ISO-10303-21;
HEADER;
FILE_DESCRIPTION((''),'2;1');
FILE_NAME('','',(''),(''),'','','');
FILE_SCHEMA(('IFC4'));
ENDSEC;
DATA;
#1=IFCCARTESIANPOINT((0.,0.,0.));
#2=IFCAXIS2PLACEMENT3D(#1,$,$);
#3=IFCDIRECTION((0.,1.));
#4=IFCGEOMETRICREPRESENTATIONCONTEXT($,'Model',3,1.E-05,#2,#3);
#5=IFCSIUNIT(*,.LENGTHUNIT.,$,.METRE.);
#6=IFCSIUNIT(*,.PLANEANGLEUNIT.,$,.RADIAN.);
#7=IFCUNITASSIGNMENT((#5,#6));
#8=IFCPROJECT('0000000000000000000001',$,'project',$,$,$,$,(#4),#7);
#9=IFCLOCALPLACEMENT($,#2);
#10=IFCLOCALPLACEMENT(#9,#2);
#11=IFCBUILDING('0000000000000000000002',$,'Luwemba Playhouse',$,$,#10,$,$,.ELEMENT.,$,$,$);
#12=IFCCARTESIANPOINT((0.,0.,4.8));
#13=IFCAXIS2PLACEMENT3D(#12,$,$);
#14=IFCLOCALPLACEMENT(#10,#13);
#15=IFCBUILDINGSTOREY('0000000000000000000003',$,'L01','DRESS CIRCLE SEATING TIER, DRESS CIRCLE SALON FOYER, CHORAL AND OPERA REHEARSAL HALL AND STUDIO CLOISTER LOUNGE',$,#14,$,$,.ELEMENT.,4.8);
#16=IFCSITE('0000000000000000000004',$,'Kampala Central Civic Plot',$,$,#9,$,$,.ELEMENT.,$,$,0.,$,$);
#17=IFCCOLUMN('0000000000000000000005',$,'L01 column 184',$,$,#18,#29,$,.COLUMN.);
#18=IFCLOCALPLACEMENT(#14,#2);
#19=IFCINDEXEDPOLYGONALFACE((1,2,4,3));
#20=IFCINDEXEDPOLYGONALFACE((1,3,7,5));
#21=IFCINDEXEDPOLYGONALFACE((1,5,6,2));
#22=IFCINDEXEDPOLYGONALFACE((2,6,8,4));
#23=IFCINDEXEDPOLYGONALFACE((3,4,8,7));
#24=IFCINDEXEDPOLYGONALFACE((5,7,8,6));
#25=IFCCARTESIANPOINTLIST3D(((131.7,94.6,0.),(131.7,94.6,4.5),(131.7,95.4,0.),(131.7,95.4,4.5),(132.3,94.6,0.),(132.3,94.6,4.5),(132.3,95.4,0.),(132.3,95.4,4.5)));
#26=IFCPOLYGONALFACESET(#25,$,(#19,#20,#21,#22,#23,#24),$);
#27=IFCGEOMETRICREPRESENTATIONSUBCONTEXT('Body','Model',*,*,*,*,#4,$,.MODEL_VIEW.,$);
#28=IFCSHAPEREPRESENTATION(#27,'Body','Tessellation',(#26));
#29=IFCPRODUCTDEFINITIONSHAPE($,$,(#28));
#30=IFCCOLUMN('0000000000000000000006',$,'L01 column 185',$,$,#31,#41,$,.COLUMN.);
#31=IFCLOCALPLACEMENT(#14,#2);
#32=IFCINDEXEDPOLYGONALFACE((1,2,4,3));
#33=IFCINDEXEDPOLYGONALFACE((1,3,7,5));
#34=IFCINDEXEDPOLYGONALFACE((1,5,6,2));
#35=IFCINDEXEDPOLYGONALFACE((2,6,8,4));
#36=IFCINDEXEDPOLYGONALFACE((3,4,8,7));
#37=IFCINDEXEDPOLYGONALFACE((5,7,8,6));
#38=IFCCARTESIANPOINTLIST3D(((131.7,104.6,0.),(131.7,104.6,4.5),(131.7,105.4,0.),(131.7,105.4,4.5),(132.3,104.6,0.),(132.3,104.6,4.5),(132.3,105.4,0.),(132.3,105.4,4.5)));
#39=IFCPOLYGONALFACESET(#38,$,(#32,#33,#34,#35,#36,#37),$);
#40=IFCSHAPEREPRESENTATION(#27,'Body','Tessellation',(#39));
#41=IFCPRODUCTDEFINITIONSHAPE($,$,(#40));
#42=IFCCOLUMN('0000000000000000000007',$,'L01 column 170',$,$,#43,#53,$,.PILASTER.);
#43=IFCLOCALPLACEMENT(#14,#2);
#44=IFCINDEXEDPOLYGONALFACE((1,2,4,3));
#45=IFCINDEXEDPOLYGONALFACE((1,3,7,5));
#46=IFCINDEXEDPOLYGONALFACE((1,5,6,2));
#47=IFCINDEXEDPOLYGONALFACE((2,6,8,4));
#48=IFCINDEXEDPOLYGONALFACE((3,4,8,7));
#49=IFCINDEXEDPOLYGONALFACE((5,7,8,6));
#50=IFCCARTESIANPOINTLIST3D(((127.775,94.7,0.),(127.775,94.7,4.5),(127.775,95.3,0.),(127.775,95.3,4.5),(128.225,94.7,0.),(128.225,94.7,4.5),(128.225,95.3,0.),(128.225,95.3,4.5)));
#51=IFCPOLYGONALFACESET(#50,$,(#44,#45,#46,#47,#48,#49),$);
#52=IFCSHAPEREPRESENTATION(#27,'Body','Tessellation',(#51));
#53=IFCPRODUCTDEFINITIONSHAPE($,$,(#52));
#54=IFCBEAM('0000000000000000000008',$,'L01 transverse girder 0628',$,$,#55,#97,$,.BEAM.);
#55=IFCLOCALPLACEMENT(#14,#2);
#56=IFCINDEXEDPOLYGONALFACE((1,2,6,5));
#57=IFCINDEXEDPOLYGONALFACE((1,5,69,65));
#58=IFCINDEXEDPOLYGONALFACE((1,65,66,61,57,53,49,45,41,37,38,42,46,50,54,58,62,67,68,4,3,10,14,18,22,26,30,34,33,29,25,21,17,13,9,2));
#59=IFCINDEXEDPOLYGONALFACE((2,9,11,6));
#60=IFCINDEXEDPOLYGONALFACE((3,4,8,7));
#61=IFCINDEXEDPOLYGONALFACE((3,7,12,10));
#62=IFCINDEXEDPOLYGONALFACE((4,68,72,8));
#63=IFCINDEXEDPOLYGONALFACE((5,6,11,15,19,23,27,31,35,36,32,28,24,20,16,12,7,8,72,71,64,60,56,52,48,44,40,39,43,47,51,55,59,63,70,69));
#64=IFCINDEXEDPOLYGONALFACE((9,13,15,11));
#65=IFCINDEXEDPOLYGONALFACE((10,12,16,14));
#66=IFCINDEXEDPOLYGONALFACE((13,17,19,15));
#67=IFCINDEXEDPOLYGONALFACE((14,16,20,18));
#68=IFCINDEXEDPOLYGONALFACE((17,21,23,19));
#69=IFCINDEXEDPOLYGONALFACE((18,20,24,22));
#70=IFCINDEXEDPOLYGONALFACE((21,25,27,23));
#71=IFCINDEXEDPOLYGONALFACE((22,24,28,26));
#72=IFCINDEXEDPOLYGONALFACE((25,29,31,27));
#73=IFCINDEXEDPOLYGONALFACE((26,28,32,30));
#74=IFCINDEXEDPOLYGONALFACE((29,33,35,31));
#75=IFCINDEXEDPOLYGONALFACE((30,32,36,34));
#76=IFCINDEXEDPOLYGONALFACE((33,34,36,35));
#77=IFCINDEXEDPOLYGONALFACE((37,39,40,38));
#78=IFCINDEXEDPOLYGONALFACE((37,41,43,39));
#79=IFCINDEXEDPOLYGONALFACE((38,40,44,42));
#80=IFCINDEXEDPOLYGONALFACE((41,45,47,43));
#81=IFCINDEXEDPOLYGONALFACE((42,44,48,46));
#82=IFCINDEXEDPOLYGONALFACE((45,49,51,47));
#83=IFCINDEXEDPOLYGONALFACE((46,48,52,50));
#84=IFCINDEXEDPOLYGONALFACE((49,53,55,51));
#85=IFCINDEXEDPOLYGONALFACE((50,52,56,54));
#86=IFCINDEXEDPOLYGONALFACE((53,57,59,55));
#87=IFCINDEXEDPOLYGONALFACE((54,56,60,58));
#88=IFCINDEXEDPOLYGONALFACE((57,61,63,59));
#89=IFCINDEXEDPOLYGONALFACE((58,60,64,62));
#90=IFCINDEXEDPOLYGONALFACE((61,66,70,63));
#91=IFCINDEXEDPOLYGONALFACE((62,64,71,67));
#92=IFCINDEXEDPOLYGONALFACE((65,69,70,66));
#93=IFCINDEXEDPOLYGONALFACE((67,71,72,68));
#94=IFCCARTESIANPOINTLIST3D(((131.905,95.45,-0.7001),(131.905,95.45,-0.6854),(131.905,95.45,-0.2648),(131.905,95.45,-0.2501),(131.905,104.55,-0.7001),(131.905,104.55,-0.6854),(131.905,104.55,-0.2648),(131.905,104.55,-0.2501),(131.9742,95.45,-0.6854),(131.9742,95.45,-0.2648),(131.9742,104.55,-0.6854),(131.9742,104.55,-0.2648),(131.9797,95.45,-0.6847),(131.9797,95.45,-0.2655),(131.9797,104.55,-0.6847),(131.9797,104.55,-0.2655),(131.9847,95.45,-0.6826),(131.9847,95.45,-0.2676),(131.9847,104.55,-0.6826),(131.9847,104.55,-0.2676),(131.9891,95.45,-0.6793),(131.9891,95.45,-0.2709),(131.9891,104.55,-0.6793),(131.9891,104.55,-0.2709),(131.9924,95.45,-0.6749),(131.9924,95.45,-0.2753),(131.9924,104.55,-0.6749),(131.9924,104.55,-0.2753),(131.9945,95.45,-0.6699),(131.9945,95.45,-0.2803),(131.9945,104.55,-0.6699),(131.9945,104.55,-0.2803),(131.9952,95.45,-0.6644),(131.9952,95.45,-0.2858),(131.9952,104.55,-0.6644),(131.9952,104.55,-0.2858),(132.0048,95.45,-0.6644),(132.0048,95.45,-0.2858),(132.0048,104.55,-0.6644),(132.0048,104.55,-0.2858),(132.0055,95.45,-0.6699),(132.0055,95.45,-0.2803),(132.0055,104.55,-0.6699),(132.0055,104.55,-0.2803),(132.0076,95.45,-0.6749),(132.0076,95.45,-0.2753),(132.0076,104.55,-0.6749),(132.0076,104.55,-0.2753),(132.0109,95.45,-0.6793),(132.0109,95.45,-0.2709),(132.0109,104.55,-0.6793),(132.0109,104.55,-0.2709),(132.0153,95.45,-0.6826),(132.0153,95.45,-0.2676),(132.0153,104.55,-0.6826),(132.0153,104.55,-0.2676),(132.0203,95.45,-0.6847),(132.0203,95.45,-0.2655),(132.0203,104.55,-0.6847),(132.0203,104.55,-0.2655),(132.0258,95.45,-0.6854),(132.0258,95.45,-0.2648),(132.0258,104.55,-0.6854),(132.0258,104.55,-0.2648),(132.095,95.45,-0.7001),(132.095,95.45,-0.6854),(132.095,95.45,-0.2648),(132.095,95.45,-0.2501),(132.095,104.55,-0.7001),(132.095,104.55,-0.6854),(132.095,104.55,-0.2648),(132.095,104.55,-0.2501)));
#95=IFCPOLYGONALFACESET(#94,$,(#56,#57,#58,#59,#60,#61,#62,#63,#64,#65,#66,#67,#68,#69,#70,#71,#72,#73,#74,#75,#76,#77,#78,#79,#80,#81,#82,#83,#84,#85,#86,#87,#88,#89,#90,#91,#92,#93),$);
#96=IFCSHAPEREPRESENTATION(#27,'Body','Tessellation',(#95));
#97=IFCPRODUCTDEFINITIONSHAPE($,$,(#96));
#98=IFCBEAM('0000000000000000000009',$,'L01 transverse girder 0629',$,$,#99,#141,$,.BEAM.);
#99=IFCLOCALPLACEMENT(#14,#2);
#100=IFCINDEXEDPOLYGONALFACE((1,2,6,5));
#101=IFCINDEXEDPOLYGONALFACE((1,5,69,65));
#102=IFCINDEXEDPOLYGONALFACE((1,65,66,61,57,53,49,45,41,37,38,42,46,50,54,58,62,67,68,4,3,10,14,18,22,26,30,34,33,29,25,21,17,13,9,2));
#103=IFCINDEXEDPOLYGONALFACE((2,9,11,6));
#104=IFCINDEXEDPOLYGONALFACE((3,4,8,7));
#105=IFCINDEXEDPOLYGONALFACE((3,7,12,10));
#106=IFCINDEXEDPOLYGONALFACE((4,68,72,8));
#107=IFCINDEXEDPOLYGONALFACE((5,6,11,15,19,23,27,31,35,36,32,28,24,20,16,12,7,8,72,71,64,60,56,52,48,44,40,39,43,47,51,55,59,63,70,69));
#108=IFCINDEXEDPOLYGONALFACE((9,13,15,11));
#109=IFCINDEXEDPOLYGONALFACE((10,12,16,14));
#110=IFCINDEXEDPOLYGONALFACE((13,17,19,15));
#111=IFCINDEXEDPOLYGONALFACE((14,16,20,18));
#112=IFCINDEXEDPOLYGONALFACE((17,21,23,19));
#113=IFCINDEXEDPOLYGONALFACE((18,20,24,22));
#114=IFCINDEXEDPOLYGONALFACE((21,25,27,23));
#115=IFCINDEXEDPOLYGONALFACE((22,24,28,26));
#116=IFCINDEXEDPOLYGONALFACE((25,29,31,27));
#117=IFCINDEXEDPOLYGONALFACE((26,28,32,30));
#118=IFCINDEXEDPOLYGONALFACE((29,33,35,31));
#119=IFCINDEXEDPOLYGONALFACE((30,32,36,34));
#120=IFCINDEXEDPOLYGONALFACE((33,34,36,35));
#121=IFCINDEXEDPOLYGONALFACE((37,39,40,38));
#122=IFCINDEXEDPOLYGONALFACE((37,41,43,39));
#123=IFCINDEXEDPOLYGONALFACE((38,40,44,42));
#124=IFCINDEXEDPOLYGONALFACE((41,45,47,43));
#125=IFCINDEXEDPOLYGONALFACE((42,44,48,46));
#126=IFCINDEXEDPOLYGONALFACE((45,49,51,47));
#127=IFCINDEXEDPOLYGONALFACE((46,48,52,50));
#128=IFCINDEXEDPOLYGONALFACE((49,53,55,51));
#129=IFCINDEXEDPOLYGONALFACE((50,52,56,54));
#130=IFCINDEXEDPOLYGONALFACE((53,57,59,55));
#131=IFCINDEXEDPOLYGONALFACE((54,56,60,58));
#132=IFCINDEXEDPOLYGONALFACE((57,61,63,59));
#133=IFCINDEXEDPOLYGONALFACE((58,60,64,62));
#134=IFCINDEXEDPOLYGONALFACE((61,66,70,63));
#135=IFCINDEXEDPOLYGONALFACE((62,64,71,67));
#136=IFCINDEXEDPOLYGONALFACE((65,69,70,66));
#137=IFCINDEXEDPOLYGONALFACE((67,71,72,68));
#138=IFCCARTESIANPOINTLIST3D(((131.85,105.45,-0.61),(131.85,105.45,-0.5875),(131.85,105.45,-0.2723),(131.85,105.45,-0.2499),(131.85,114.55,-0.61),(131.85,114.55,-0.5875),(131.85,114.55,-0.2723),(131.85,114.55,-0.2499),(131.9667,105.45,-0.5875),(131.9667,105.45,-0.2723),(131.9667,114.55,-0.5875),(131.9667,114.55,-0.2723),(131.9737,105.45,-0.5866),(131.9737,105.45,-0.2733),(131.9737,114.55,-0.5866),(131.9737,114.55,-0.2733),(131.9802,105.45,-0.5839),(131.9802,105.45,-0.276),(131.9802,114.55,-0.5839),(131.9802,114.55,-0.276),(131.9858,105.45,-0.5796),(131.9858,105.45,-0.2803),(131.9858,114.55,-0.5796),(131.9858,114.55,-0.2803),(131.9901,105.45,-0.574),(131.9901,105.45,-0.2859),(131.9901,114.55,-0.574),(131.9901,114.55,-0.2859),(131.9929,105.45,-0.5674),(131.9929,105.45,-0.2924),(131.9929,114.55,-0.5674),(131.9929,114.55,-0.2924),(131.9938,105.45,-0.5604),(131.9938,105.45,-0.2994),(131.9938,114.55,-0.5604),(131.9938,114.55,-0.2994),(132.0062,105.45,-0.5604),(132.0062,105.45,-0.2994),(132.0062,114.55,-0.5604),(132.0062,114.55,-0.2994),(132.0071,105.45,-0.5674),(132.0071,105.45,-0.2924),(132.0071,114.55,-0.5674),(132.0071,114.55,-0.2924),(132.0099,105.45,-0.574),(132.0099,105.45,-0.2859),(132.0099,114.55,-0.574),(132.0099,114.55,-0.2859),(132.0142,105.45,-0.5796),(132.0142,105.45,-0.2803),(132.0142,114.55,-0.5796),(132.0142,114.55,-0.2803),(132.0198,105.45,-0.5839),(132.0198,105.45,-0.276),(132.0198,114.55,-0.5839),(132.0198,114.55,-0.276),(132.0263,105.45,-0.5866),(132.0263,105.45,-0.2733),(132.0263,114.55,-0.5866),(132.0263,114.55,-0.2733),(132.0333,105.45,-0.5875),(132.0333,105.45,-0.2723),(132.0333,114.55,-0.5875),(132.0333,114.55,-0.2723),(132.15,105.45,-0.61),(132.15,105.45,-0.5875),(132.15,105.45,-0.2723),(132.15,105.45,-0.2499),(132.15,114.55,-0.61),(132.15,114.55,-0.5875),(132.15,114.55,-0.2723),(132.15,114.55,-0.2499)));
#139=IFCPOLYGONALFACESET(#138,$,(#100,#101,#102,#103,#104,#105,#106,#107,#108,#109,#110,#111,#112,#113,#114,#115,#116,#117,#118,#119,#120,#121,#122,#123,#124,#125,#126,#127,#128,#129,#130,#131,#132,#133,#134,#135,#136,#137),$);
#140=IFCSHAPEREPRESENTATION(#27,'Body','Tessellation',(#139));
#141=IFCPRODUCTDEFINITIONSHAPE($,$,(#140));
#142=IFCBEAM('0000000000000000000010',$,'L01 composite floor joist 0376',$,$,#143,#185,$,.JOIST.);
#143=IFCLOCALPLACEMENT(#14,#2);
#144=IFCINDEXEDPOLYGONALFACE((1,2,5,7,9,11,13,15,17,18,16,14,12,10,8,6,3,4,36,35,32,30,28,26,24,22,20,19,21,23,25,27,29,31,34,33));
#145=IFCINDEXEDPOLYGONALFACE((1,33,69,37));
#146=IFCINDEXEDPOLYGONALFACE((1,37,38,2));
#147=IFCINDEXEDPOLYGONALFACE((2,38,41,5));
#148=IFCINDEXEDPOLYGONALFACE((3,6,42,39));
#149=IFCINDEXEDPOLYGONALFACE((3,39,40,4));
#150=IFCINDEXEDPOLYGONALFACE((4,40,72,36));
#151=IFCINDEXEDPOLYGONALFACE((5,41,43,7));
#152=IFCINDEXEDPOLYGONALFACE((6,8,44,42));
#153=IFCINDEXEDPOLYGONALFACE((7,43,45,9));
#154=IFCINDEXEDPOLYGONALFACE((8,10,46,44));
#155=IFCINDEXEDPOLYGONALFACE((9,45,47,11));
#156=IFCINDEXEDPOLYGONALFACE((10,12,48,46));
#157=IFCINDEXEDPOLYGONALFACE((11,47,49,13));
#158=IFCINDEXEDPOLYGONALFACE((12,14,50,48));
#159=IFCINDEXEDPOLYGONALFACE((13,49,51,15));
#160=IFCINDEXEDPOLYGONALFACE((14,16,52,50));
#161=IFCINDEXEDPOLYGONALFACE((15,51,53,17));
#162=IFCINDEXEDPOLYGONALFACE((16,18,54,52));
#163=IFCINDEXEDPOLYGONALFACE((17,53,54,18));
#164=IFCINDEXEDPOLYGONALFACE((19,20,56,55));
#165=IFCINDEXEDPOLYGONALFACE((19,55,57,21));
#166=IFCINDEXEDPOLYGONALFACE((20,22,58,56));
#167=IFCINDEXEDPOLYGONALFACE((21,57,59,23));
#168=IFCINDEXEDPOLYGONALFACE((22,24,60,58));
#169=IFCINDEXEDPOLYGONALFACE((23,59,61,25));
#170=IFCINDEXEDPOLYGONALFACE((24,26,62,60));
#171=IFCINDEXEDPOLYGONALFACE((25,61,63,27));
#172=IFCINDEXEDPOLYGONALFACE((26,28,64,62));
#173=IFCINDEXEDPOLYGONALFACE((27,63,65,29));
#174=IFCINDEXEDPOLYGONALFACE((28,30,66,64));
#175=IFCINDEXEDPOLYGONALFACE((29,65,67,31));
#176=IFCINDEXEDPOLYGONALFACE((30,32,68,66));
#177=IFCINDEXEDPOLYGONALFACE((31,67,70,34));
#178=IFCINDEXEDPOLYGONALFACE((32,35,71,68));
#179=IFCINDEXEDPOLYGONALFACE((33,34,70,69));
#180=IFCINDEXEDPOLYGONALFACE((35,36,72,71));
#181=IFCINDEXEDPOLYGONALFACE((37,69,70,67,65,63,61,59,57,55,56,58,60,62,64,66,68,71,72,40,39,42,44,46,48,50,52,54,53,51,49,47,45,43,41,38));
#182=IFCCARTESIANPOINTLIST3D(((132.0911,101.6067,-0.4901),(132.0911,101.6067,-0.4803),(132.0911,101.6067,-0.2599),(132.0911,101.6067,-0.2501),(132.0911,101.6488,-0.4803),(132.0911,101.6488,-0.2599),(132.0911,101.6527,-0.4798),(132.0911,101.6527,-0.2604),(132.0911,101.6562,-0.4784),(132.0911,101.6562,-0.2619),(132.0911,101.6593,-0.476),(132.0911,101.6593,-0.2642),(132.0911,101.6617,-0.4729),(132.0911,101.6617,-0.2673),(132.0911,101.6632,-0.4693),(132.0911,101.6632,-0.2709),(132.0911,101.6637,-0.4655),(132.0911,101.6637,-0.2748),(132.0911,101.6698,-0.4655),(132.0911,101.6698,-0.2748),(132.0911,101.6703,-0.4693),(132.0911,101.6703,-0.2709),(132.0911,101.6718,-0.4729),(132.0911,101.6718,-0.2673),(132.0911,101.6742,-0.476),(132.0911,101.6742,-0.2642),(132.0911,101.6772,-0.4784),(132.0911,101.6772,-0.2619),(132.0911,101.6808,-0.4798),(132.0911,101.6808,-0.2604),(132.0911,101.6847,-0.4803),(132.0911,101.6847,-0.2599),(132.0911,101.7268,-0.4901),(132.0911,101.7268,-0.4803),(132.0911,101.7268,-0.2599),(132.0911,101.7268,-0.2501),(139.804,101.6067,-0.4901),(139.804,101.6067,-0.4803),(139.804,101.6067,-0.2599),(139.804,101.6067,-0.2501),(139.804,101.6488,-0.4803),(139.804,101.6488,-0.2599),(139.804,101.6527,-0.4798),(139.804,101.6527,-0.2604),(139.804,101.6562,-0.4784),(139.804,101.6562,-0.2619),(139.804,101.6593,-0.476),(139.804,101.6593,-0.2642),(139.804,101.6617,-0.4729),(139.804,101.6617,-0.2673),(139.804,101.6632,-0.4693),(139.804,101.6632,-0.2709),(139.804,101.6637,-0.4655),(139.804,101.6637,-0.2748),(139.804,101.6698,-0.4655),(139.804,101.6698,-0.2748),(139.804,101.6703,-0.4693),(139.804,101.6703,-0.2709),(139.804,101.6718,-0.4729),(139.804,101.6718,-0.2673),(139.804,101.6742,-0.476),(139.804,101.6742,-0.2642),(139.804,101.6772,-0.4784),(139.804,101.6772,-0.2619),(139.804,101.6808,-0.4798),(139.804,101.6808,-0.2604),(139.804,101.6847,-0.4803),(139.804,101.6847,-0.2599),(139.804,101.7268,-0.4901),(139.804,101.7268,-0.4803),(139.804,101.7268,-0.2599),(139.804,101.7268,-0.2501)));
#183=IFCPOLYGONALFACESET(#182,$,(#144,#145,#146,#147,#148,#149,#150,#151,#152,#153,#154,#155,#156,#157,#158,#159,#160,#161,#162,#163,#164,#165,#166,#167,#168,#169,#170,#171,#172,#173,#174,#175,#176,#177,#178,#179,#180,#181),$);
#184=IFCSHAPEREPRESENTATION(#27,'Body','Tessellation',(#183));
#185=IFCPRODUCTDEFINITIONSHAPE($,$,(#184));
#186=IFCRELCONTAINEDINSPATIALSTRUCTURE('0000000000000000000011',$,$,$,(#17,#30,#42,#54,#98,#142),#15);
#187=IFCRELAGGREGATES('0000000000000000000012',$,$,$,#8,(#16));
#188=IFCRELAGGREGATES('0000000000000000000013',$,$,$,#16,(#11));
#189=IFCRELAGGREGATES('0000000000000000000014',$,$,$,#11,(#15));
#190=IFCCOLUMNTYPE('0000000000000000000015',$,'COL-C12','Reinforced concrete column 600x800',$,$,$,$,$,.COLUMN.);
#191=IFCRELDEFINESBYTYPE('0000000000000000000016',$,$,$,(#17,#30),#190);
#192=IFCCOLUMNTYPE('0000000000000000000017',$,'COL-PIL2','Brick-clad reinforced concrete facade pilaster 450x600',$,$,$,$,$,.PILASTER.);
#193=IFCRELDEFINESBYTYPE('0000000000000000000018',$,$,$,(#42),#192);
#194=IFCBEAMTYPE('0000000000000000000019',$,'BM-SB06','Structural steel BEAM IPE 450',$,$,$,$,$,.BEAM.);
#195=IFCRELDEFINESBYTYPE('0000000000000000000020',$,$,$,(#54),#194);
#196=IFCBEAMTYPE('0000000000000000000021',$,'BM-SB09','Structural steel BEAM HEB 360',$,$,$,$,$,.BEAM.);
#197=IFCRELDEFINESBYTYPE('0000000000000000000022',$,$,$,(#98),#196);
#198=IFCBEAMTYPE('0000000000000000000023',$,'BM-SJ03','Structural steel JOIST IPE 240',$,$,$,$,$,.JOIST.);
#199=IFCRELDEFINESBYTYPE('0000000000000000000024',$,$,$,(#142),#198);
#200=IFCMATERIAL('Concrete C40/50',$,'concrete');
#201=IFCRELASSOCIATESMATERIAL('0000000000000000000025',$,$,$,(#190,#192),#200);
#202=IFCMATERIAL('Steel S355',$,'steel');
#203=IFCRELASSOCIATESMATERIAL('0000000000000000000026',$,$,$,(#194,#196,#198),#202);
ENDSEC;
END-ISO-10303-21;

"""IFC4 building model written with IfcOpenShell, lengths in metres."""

from ifc_helpers import new_model, si_unit, direction, frame, origin, origin_2d, place, context, subcontext, project, spatial, rectangle, i_section, extrude, material, material_profile, profile_set, type_object, element, save


model = new_model("IFC4")

# Units and contexts
model_context = context("Model", 3, precision=1e-05, world=origin(), true_north=direction((0.0, 1.0)))
body_context = subcontext(model_context, "Body", "Model", "MODEL_VIEW")
ifc_project = project(units=[si_unit("LENGTHUNIT", "METRE"), si_unit("PLANEANGLEUNIT", "RADIAN")], contexts=[model_context])

# Site, building, storey
site_placement = place(None, origin())
site = spatial("IfcSite", under=ifc_project, at=site_placement, Name="Kampala Central Civic Plot", CompositionType="ELEMENT", RefElevation=0.0)
building_placement = place(site_placement, origin())
building = spatial("IfcBuilding", under=site, at=building_placement, Name="Luwemba Playhouse", CompositionType="ELEMENT")
storey_placement = place(building_placement, frame((0.0, 0.0, 4.8)))
storey = spatial("IfcBuildingStorey", under=building, at=storey_placement, Name="L01", Description="DRESS CIRCLE SEATING TIER, DRESS CIRCLE SALON FOYER, CHORAL AND OPERA REHEARSAL HALL AND STUDIO CLOISTER LOUNGE", CompositionType="ELEMENT", Elevation=4.8)

# Columns
ifc_material_1 = material(Name="Concrete C40/50", Category="concrete")
ifc_material_profile_1 = material_profile(ifc_material_1, rectangle(XDim=0.6001, YDim=0.8, at=origin_2d()))
ifc_profile_set_1 = profile_set([ifc_material_profile_1], Name="Concrete C40/50")
column_type_1 = type_object("IfcColumnType", Name="COL-C12", Description="Reinforced concrete column 600x800", PredefinedType="COLUMN", material=ifc_profile_set_1)
for number, where, z_axis, x_axis, name in (
    (1, (132.0, 95.0, 0.0), (0.0, 0.0, 1.0), (1.0, 0.0, 0.0), "L01 column 184"),
    (2, (132.0, 105.0, 0.0), (0.0, 0.0, 1.0), (1.0, 0.0, 0.0), "L01 column 185"),
):
    element("IfcColumn", number, at=place(storey_placement, frame(where, z_axis=z_axis, x_axis=x_axis)), inside=storey, type_object=column_type_1, Name=name, PredefinedType="COLUMN", context=body_context, shape_type="SweptSolid", body=[
        extrude(rectangle(XDim=0.6001, YDim=0.8, at=origin_2d()), origin(), (0.0, 0.0, 1.0), 4.5),
    ])
ifc_material_profile_2 = material_profile(ifc_material_1, rectangle(XDim=0.45, YDim=0.6001, at=origin_2d()))
ifc_profile_set_2 = profile_set([ifc_material_profile_2], Name="Concrete C40/50")
column_type_2 = type_object("IfcColumnType", Name="COL-PIL2", Description="Brick-clad reinforced concrete facade pilaster 450x600", PredefinedType="PILASTER", material=ifc_profile_set_2)
column_placement = place(storey_placement, frame((128.0, 95.0, 0.0), z_axis=(0.0, 0.0, 1.0), x_axis=(1.0, 0.0, 0.0)))
element("IfcColumn", 3, at=column_placement, inside=storey, type_object=column_type_2, Name="L01 column 170", PredefinedType="PILASTER", context=body_context, shape_type="SweptSolid", body=[
    extrude(rectangle(XDim=0.45, YDim=0.6001, at=origin_2d()), origin(), (0.0, 0.0, 1.0), 4.5),
])

# Beams
ifc_material_2 = material(Name="Steel S355", Category="steel")
ifc_material_profile_3 = material_profile(ifc_material_2, i_section(OverallWidth=0.1899, OverallDepth=0.45, WebThickness=0.0095, FlangeThickness=0.0146, FilletRadius=0.021, at=origin_2d()))
ifc_profile_set_3 = profile_set([ifc_material_profile_3], Name="Steel S355")
beam_type_1 = type_object("IfcBeamType", Name="BM-SB06", Description="Structural steel BEAM IPE 450", PredefinedType="BEAM", material=ifc_profile_set_3)
beam_1_placement = place(storey_placement, frame((132.0, 95.45, -0.4751), z_axis=(0.0, 1.0, 0.0), x_axis=(-1.0, 0.0, 0.0)))
element("IfcBeam", 4, at=beam_1_placement, inside=storey, type_object=beam_type_1, Name="L01 transverse girder 0628", PredefinedType="BEAM", context=body_context, shape_type="SweptSolid", body=[
    extrude(i_section(OverallWidth=0.1899, OverallDepth=0.45, WebThickness=0.0095, FlangeThickness=0.0146, FilletRadius=0.021, at=origin_2d()), origin(), (0.0, 0.0, 1.0), 9.1001),
])
ifc_material_profile_4 = material_profile(ifc_material_2, i_section(OverallWidth=0.3, OverallDepth=0.3601, WebThickness=0.0125, FlangeThickness=0.0225, FilletRadius=0.0271, at=origin_2d()))
ifc_profile_set_4 = profile_set([ifc_material_profile_4], Name="Steel S355")
beam_type_2 = type_object("IfcBeamType", Name="BM-SB09", Description="Structural steel BEAM HEB 360", PredefinedType="BEAM", material=ifc_profile_set_4)
beam_2_placement = place(storey_placement, frame((132.0, 105.45, -0.4299), z_axis=(0.0, 1.0, 0.0), x_axis=(-1.0, 0.0, 0.0)))
element("IfcBeam", 5, at=beam_2_placement, inside=storey, type_object=beam_type_2, Name="L01 transverse girder 0629", PredefinedType="BEAM", context=body_context, shape_type="SweptSolid", body=[
    extrude(i_section(OverallWidth=0.3, OverallDepth=0.3601, WebThickness=0.0125, FlangeThickness=0.0225, FilletRadius=0.0271, at=origin_2d()), origin(), (0.0, 0.0, 1.0), 9.1001),
])
ifc_material_profile_5 = material_profile(ifc_material_2, i_section(OverallWidth=0.1201, OverallDepth=0.24, WebThickness=0.0061, FlangeThickness=0.0098, FilletRadius=0.0149, at=origin_2d()))
ifc_profile_set_5 = profile_set([ifc_material_profile_5], Name="Steel S355")
beam_type_3 = type_object("IfcBeamType", Name="BM-SJ03", Description="Structural steel JOIST IPE 240", PredefinedType="JOIST", material=ifc_profile_set_5)
beam_3_placement = place(storey_placement, frame((132.0911, 101.6667, -0.3701), z_axis=(1.0, 0.0, 0.0), x_axis=(0.0, 1.0, 0.0)))
element("IfcBeam", 6, at=beam_3_placement, inside=storey, type_object=beam_type_3, Name="L01 composite floor joist 0376", PredefinedType="JOIST", context=body_context, shape_type="SweptSolid", body=[
    extrude(i_section(OverallWidth=0.1201, OverallDepth=0.24, WebThickness=0.0061, FlangeThickness=0.0098, FilletRadius=0.0149, at=origin_2d()), origin(), (0.0, 0.0, 1.0), 7.7129),
])

save(model, "model.ifc")
